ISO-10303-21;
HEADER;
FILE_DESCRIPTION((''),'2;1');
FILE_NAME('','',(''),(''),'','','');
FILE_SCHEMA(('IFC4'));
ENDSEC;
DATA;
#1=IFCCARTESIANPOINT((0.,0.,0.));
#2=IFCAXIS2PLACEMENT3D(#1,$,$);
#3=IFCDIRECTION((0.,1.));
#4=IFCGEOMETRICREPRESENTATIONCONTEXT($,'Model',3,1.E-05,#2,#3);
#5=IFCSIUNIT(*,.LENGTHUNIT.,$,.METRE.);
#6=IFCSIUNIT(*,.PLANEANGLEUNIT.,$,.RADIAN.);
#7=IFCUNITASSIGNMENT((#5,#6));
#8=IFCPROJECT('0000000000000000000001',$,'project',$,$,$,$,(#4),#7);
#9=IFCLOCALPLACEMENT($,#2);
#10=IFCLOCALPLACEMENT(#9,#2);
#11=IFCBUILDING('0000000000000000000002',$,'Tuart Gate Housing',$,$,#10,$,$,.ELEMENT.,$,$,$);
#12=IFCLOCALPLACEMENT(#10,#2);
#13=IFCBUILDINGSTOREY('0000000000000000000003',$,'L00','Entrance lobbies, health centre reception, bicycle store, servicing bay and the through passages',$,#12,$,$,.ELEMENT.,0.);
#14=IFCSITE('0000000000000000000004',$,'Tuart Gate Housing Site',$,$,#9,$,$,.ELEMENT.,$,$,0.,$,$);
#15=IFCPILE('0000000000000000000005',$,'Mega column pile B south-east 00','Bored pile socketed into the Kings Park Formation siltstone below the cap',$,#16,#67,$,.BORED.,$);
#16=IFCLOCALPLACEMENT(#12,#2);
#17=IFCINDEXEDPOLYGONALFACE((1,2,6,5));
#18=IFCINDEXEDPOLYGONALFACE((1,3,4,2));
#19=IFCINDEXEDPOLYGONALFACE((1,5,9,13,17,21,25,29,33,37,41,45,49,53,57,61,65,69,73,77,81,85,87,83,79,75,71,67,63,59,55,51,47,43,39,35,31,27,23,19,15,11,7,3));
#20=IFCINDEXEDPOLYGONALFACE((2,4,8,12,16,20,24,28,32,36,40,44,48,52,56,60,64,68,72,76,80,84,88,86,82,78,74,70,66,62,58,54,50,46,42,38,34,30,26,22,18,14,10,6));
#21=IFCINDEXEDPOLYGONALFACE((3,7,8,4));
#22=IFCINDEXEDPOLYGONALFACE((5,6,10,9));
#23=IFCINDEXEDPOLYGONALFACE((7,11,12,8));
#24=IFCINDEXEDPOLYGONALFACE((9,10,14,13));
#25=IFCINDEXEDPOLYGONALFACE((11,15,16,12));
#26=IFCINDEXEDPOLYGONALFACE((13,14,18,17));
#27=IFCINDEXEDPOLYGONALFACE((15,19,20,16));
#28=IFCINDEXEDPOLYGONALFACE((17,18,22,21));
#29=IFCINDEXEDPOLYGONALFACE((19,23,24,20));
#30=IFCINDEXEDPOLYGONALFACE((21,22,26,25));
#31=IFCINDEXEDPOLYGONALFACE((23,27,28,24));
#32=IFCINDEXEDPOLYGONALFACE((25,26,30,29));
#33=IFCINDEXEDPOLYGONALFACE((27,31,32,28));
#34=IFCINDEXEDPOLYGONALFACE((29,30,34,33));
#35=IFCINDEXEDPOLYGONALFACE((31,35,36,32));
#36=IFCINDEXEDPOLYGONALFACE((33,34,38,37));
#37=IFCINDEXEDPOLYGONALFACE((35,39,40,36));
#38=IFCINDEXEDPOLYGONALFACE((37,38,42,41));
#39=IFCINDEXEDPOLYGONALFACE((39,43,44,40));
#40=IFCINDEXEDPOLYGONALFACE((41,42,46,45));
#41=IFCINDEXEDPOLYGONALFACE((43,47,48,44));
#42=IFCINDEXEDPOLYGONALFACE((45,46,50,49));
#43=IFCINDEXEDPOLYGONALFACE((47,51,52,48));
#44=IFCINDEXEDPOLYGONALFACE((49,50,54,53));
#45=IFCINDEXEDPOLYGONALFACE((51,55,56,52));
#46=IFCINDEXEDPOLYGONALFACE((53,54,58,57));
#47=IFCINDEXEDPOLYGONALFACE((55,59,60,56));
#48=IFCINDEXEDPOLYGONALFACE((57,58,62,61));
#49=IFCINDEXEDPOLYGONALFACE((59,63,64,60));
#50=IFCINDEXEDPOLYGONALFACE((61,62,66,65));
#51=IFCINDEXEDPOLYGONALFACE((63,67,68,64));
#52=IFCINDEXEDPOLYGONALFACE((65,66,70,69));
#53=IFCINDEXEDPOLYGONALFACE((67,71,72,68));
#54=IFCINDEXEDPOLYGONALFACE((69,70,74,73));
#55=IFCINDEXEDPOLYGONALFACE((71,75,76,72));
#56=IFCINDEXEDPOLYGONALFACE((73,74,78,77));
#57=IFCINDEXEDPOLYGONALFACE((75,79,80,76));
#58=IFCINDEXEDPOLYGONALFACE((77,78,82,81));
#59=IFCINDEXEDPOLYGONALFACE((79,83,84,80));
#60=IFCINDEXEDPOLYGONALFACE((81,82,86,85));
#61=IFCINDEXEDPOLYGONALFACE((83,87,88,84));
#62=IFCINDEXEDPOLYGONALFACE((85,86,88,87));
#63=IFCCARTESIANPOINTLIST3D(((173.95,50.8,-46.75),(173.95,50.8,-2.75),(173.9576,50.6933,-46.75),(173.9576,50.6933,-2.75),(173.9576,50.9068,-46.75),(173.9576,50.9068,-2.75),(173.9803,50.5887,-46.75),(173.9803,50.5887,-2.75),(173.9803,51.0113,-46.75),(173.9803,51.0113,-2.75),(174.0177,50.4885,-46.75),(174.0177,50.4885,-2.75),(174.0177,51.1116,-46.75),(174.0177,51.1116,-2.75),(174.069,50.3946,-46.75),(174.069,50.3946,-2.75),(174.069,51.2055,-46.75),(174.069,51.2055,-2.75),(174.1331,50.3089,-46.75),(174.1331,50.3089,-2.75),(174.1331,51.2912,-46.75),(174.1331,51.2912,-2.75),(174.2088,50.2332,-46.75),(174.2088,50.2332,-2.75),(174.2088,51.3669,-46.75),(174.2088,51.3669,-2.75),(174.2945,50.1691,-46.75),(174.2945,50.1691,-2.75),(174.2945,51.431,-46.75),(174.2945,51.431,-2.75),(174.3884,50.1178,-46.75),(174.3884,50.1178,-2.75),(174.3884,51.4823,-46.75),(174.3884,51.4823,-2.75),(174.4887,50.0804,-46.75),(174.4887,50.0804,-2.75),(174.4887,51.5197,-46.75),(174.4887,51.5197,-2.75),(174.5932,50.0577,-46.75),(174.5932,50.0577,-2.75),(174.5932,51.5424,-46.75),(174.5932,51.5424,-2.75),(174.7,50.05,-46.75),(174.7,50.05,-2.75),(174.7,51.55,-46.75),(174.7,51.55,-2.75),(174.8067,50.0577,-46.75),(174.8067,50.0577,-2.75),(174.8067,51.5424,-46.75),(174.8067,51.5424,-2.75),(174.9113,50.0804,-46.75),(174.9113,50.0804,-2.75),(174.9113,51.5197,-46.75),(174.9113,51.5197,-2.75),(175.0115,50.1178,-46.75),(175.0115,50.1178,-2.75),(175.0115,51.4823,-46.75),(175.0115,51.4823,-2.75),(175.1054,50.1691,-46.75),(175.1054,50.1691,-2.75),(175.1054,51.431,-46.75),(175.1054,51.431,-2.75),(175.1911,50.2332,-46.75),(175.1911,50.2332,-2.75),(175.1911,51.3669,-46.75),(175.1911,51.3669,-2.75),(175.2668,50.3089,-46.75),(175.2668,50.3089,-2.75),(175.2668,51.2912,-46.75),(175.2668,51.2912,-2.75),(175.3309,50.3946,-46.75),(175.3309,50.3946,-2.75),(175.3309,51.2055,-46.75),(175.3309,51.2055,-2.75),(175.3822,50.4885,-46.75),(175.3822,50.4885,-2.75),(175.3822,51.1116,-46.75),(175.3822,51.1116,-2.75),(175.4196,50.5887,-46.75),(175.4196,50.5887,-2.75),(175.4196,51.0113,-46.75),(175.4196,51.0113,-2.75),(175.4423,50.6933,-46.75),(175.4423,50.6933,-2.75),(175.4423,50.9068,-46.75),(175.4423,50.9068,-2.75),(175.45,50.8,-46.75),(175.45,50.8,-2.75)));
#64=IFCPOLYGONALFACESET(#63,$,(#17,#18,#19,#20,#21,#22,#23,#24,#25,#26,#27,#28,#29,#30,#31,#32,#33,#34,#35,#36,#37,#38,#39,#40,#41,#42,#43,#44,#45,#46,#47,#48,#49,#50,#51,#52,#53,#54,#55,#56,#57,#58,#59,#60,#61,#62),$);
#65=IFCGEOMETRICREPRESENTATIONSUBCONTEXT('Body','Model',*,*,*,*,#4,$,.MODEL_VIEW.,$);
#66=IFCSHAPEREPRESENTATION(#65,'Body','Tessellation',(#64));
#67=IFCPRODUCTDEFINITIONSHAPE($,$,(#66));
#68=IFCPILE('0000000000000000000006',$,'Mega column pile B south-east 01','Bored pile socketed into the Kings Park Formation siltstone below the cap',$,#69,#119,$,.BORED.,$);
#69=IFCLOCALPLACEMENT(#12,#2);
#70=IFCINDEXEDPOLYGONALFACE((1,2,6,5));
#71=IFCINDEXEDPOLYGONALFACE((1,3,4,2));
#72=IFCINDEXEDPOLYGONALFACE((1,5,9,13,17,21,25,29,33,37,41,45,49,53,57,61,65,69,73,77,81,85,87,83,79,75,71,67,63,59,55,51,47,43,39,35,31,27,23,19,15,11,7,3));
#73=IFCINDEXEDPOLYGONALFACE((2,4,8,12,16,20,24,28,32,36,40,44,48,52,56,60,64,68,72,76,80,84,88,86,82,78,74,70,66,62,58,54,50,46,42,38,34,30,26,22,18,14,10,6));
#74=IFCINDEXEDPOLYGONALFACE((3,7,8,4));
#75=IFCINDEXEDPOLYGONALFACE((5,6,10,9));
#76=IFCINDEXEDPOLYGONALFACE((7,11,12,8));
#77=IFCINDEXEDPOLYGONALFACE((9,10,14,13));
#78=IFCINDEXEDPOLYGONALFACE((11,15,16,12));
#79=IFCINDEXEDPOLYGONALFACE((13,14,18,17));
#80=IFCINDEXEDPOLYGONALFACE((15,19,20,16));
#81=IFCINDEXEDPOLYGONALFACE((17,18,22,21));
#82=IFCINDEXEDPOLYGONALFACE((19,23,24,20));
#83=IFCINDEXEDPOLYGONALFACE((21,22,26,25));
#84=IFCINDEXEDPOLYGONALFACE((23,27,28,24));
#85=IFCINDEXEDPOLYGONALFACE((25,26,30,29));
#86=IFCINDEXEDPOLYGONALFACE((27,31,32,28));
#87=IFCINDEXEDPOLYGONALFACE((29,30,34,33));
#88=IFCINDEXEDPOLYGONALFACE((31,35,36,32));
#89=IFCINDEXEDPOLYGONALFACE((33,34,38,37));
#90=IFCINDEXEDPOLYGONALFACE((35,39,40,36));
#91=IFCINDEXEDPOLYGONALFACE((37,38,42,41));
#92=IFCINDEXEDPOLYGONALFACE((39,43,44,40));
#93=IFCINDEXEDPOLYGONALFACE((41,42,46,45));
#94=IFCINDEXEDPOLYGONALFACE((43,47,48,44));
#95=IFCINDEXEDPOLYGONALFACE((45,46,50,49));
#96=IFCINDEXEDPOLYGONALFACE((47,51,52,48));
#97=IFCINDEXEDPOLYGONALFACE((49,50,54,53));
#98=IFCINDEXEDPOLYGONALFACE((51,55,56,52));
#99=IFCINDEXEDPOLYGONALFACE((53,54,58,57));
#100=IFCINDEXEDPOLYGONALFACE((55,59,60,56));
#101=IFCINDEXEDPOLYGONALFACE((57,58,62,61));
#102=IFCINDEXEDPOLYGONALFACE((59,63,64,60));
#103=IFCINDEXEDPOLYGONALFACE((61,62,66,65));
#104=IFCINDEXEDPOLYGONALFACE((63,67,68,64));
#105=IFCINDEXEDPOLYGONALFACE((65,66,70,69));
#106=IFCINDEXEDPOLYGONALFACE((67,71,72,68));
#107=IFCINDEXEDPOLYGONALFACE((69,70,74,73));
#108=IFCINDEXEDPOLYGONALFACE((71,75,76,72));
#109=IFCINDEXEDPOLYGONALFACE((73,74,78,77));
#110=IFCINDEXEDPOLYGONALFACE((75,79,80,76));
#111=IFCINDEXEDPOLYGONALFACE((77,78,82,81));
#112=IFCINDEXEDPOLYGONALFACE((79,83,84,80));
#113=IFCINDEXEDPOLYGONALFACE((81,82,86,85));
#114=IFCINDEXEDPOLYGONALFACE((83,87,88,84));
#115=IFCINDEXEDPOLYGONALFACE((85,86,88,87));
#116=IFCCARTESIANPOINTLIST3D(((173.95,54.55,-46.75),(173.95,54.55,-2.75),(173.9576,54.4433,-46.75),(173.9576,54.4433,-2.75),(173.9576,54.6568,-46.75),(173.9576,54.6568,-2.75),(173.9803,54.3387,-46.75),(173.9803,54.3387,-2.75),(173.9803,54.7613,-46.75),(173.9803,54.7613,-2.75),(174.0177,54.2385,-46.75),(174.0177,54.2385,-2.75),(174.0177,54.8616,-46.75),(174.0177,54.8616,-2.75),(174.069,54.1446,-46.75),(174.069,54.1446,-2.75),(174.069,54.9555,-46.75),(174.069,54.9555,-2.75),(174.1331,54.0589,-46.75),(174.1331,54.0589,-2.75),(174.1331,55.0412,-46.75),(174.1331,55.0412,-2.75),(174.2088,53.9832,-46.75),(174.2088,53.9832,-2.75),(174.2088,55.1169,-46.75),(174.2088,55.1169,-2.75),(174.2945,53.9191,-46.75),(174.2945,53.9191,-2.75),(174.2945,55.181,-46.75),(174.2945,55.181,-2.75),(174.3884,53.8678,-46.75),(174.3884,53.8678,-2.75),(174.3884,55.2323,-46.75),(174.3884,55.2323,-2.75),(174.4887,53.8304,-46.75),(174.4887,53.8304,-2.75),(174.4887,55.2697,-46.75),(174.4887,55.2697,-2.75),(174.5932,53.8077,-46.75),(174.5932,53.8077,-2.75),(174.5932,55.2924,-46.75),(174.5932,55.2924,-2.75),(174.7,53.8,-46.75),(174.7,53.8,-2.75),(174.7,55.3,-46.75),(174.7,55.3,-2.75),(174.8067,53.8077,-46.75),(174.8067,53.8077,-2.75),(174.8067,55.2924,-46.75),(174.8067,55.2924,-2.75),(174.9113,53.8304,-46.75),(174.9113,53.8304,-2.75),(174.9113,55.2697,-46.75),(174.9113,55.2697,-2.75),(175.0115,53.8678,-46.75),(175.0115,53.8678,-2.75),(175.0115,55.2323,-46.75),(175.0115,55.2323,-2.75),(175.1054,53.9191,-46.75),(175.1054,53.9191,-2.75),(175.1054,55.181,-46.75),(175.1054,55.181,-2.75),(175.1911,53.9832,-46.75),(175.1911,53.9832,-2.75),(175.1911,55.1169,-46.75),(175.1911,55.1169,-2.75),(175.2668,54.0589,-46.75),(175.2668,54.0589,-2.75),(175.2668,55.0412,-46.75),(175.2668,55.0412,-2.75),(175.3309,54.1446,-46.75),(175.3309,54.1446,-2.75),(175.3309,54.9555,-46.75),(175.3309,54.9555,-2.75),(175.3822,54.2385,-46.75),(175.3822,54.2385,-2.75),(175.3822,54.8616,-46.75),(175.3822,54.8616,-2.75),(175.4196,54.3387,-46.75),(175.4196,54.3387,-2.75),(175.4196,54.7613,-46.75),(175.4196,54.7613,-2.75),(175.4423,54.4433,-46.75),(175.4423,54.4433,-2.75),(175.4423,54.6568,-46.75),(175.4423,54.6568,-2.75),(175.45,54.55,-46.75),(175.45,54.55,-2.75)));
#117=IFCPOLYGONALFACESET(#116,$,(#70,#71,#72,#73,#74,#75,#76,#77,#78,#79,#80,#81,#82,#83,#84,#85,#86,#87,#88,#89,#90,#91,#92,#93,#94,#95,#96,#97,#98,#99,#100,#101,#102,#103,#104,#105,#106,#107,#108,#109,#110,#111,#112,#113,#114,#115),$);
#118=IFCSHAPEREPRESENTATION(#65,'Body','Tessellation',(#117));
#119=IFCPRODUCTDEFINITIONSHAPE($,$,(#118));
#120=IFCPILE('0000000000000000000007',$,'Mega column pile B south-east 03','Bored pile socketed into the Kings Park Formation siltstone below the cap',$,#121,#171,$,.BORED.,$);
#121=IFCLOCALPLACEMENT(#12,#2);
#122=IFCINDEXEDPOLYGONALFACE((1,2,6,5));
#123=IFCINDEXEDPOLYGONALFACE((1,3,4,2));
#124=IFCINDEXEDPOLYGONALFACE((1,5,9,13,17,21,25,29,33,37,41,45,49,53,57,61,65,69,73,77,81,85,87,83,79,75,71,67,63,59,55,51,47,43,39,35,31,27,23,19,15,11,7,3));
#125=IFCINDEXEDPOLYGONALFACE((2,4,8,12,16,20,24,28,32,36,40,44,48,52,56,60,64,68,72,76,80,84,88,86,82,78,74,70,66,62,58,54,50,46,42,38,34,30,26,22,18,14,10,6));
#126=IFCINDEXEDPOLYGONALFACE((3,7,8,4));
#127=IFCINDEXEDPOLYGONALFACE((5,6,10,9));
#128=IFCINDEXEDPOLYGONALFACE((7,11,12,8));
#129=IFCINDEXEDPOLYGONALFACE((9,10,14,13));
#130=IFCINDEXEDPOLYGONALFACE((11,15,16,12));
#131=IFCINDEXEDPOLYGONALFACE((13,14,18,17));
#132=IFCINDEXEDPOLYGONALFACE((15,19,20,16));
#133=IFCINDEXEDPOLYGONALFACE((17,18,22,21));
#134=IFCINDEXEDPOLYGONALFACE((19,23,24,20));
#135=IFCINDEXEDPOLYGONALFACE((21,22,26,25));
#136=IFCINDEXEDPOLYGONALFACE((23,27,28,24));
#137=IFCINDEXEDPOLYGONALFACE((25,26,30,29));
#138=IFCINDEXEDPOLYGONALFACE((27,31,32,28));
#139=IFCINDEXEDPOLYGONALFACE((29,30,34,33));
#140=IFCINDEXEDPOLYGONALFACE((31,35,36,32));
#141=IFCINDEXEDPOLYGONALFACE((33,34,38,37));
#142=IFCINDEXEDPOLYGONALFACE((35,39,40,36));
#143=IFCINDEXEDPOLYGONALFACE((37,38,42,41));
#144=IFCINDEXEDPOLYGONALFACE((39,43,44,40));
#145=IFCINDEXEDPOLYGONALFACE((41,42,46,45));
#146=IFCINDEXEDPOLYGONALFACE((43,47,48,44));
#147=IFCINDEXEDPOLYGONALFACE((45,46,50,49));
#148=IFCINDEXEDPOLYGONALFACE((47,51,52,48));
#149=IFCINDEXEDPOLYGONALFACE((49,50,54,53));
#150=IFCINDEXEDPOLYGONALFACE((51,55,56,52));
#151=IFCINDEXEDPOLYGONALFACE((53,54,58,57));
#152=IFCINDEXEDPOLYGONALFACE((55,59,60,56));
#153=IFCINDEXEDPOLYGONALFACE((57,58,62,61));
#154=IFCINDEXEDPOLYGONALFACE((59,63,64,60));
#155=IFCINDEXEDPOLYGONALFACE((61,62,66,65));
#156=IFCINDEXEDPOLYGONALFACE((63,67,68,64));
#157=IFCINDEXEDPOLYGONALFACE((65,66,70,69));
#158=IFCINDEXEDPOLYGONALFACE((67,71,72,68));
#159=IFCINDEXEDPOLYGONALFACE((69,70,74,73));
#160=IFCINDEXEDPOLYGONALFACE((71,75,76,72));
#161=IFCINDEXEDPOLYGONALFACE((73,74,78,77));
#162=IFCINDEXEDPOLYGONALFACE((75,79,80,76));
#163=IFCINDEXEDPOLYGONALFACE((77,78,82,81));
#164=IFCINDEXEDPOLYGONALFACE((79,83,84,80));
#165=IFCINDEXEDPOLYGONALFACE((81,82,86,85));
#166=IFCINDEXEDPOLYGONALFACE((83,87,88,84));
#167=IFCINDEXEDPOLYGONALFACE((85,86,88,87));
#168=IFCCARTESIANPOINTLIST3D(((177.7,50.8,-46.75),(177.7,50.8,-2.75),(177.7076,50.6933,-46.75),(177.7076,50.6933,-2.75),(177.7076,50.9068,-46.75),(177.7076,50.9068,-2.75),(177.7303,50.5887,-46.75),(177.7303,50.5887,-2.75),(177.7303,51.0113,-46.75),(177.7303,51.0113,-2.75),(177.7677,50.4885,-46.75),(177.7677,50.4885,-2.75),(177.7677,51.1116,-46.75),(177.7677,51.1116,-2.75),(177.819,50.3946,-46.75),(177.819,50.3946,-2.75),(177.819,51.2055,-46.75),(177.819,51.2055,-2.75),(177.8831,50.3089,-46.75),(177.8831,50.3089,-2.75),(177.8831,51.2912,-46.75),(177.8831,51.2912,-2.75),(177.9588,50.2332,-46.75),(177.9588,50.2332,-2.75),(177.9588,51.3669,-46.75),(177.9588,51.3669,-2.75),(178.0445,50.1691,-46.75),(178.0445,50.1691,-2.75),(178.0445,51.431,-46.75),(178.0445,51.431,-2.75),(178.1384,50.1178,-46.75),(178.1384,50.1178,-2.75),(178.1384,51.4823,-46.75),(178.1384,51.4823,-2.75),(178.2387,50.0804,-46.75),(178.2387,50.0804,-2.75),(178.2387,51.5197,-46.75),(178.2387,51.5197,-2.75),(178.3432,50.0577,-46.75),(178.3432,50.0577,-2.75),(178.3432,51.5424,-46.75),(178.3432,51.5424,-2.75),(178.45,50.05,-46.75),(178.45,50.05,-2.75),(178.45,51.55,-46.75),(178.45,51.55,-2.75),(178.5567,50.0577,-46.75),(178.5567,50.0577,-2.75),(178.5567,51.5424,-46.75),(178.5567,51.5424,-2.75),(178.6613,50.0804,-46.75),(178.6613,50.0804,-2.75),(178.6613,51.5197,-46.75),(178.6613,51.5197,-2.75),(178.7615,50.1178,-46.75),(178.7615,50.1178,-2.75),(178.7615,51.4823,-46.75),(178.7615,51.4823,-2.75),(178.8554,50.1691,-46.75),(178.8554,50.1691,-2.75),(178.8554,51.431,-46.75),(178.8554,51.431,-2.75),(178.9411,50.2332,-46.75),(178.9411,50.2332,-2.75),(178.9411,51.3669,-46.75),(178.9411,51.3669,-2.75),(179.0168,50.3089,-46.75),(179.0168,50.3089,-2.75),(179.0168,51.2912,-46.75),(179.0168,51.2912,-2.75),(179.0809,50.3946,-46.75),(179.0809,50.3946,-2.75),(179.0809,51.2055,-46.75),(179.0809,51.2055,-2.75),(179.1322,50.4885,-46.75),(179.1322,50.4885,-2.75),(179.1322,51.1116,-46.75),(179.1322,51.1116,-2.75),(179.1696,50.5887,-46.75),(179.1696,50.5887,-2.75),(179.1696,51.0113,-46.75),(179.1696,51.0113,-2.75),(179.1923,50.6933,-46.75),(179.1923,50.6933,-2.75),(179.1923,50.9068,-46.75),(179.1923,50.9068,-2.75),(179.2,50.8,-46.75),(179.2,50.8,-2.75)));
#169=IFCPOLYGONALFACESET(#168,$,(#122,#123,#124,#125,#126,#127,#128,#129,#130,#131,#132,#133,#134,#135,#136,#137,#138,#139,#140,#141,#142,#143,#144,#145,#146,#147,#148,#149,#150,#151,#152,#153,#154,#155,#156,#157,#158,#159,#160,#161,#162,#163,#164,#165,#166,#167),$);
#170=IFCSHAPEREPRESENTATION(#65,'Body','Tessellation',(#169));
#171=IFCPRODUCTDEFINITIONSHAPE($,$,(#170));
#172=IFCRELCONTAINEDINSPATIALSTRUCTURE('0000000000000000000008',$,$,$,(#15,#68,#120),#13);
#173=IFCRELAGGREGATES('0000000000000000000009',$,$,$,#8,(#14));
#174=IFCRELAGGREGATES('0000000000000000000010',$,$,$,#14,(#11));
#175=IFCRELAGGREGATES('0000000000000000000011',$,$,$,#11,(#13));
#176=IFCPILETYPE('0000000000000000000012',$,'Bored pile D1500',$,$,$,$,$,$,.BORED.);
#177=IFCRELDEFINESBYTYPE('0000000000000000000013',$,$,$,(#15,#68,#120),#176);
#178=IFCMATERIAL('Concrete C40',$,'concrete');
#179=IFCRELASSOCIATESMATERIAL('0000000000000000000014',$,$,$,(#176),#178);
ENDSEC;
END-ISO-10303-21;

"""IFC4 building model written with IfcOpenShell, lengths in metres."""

from ifc_helpers import new_model, si_unit, direction, frame, origin, origin_2d, place, context, subcontext, project, spatial, circle, extrude, material, material_profile, profile_set, type_object, element, save


model = new_model("IFC4")

# Units and contexts
model_context = context("Model", 3, precision=1e-05, world=origin(), true_north=direction((0.0, 1.0)))
body_context = subcontext(model_context, "Body", "Model", "MODEL_VIEW")
ifc_project = project(units=[si_unit("LENGTHUNIT", "METRE"), si_unit("PLANEANGLEUNIT", "RADIAN")], contexts=[model_context])

# Site, building, storey
site_placement = place(None, origin())
site = spatial("IfcSite", under=ifc_project, at=site_placement, Name="Tuart Gate Housing Site", CompositionType="ELEMENT", RefElevation=0.0)
building_placement = place(site_placement, origin())
building = spatial("IfcBuilding", under=site, at=building_placement, Name="Tuart Gate Housing", CompositionType="ELEMENT")
storey_placement = place(building_placement, origin())
storey = spatial("IfcBuildingStorey", under=building, at=storey_placement, Name="L00", Description="Entrance lobbies, health centre reception, bicycle store, servicing bay and the through passages", CompositionType="ELEMENT", Elevation=0.0)

# Piles
ifc_material_1 = material(Name="Concrete C40", Category="concrete")
ifc_material_profile_1 = material_profile(ifc_material_1, circle(Radius=0.75, at=origin_2d()), Name="Bored pile D1500")
ifc_profile_set_1 = profile_set([ifc_material_profile_1], Name="Concrete C40")
pile_type = type_object("IfcPileType", Name="Bored pile D1500", PredefinedType="BORED", material=ifc_profile_set_1)
for number, where, z_axis, x_axis, name in (
    (1, (174.7, 50.8, -2.75), (0.0, 0.0, -1.0), (1.0, 0.0, 0.0), "Mega column pile B south-east 00"),
    (2, (174.7, 54.55, -2.75), (0.0, 0.0, -1.0), (1.0, 0.0, 0.0), "Mega column pile B south-east 01"),
    (3, (178.45, 50.8, -2.75), (0.0, 0.0, -1.0), (1.0, 0.0, 0.0), "Mega column pile B south-east 03"),
):
    element("IfcPile", number, at=place(storey_placement, frame(where, z_axis=z_axis, x_axis=x_axis)), inside=storey, type_object=pile_type, Name=name, Description="Bored pile socketed into the Kings Park Formation siltstone below the cap", PredefinedType="BORED", context=body_context, shape_type="SweptSolid", body=[
        extrude(circle(Radius=0.75, at=origin_2d()), origin(), (0.0, 0.0, 1.0), 44.0),
    ])

save(model, "model.ifc")
